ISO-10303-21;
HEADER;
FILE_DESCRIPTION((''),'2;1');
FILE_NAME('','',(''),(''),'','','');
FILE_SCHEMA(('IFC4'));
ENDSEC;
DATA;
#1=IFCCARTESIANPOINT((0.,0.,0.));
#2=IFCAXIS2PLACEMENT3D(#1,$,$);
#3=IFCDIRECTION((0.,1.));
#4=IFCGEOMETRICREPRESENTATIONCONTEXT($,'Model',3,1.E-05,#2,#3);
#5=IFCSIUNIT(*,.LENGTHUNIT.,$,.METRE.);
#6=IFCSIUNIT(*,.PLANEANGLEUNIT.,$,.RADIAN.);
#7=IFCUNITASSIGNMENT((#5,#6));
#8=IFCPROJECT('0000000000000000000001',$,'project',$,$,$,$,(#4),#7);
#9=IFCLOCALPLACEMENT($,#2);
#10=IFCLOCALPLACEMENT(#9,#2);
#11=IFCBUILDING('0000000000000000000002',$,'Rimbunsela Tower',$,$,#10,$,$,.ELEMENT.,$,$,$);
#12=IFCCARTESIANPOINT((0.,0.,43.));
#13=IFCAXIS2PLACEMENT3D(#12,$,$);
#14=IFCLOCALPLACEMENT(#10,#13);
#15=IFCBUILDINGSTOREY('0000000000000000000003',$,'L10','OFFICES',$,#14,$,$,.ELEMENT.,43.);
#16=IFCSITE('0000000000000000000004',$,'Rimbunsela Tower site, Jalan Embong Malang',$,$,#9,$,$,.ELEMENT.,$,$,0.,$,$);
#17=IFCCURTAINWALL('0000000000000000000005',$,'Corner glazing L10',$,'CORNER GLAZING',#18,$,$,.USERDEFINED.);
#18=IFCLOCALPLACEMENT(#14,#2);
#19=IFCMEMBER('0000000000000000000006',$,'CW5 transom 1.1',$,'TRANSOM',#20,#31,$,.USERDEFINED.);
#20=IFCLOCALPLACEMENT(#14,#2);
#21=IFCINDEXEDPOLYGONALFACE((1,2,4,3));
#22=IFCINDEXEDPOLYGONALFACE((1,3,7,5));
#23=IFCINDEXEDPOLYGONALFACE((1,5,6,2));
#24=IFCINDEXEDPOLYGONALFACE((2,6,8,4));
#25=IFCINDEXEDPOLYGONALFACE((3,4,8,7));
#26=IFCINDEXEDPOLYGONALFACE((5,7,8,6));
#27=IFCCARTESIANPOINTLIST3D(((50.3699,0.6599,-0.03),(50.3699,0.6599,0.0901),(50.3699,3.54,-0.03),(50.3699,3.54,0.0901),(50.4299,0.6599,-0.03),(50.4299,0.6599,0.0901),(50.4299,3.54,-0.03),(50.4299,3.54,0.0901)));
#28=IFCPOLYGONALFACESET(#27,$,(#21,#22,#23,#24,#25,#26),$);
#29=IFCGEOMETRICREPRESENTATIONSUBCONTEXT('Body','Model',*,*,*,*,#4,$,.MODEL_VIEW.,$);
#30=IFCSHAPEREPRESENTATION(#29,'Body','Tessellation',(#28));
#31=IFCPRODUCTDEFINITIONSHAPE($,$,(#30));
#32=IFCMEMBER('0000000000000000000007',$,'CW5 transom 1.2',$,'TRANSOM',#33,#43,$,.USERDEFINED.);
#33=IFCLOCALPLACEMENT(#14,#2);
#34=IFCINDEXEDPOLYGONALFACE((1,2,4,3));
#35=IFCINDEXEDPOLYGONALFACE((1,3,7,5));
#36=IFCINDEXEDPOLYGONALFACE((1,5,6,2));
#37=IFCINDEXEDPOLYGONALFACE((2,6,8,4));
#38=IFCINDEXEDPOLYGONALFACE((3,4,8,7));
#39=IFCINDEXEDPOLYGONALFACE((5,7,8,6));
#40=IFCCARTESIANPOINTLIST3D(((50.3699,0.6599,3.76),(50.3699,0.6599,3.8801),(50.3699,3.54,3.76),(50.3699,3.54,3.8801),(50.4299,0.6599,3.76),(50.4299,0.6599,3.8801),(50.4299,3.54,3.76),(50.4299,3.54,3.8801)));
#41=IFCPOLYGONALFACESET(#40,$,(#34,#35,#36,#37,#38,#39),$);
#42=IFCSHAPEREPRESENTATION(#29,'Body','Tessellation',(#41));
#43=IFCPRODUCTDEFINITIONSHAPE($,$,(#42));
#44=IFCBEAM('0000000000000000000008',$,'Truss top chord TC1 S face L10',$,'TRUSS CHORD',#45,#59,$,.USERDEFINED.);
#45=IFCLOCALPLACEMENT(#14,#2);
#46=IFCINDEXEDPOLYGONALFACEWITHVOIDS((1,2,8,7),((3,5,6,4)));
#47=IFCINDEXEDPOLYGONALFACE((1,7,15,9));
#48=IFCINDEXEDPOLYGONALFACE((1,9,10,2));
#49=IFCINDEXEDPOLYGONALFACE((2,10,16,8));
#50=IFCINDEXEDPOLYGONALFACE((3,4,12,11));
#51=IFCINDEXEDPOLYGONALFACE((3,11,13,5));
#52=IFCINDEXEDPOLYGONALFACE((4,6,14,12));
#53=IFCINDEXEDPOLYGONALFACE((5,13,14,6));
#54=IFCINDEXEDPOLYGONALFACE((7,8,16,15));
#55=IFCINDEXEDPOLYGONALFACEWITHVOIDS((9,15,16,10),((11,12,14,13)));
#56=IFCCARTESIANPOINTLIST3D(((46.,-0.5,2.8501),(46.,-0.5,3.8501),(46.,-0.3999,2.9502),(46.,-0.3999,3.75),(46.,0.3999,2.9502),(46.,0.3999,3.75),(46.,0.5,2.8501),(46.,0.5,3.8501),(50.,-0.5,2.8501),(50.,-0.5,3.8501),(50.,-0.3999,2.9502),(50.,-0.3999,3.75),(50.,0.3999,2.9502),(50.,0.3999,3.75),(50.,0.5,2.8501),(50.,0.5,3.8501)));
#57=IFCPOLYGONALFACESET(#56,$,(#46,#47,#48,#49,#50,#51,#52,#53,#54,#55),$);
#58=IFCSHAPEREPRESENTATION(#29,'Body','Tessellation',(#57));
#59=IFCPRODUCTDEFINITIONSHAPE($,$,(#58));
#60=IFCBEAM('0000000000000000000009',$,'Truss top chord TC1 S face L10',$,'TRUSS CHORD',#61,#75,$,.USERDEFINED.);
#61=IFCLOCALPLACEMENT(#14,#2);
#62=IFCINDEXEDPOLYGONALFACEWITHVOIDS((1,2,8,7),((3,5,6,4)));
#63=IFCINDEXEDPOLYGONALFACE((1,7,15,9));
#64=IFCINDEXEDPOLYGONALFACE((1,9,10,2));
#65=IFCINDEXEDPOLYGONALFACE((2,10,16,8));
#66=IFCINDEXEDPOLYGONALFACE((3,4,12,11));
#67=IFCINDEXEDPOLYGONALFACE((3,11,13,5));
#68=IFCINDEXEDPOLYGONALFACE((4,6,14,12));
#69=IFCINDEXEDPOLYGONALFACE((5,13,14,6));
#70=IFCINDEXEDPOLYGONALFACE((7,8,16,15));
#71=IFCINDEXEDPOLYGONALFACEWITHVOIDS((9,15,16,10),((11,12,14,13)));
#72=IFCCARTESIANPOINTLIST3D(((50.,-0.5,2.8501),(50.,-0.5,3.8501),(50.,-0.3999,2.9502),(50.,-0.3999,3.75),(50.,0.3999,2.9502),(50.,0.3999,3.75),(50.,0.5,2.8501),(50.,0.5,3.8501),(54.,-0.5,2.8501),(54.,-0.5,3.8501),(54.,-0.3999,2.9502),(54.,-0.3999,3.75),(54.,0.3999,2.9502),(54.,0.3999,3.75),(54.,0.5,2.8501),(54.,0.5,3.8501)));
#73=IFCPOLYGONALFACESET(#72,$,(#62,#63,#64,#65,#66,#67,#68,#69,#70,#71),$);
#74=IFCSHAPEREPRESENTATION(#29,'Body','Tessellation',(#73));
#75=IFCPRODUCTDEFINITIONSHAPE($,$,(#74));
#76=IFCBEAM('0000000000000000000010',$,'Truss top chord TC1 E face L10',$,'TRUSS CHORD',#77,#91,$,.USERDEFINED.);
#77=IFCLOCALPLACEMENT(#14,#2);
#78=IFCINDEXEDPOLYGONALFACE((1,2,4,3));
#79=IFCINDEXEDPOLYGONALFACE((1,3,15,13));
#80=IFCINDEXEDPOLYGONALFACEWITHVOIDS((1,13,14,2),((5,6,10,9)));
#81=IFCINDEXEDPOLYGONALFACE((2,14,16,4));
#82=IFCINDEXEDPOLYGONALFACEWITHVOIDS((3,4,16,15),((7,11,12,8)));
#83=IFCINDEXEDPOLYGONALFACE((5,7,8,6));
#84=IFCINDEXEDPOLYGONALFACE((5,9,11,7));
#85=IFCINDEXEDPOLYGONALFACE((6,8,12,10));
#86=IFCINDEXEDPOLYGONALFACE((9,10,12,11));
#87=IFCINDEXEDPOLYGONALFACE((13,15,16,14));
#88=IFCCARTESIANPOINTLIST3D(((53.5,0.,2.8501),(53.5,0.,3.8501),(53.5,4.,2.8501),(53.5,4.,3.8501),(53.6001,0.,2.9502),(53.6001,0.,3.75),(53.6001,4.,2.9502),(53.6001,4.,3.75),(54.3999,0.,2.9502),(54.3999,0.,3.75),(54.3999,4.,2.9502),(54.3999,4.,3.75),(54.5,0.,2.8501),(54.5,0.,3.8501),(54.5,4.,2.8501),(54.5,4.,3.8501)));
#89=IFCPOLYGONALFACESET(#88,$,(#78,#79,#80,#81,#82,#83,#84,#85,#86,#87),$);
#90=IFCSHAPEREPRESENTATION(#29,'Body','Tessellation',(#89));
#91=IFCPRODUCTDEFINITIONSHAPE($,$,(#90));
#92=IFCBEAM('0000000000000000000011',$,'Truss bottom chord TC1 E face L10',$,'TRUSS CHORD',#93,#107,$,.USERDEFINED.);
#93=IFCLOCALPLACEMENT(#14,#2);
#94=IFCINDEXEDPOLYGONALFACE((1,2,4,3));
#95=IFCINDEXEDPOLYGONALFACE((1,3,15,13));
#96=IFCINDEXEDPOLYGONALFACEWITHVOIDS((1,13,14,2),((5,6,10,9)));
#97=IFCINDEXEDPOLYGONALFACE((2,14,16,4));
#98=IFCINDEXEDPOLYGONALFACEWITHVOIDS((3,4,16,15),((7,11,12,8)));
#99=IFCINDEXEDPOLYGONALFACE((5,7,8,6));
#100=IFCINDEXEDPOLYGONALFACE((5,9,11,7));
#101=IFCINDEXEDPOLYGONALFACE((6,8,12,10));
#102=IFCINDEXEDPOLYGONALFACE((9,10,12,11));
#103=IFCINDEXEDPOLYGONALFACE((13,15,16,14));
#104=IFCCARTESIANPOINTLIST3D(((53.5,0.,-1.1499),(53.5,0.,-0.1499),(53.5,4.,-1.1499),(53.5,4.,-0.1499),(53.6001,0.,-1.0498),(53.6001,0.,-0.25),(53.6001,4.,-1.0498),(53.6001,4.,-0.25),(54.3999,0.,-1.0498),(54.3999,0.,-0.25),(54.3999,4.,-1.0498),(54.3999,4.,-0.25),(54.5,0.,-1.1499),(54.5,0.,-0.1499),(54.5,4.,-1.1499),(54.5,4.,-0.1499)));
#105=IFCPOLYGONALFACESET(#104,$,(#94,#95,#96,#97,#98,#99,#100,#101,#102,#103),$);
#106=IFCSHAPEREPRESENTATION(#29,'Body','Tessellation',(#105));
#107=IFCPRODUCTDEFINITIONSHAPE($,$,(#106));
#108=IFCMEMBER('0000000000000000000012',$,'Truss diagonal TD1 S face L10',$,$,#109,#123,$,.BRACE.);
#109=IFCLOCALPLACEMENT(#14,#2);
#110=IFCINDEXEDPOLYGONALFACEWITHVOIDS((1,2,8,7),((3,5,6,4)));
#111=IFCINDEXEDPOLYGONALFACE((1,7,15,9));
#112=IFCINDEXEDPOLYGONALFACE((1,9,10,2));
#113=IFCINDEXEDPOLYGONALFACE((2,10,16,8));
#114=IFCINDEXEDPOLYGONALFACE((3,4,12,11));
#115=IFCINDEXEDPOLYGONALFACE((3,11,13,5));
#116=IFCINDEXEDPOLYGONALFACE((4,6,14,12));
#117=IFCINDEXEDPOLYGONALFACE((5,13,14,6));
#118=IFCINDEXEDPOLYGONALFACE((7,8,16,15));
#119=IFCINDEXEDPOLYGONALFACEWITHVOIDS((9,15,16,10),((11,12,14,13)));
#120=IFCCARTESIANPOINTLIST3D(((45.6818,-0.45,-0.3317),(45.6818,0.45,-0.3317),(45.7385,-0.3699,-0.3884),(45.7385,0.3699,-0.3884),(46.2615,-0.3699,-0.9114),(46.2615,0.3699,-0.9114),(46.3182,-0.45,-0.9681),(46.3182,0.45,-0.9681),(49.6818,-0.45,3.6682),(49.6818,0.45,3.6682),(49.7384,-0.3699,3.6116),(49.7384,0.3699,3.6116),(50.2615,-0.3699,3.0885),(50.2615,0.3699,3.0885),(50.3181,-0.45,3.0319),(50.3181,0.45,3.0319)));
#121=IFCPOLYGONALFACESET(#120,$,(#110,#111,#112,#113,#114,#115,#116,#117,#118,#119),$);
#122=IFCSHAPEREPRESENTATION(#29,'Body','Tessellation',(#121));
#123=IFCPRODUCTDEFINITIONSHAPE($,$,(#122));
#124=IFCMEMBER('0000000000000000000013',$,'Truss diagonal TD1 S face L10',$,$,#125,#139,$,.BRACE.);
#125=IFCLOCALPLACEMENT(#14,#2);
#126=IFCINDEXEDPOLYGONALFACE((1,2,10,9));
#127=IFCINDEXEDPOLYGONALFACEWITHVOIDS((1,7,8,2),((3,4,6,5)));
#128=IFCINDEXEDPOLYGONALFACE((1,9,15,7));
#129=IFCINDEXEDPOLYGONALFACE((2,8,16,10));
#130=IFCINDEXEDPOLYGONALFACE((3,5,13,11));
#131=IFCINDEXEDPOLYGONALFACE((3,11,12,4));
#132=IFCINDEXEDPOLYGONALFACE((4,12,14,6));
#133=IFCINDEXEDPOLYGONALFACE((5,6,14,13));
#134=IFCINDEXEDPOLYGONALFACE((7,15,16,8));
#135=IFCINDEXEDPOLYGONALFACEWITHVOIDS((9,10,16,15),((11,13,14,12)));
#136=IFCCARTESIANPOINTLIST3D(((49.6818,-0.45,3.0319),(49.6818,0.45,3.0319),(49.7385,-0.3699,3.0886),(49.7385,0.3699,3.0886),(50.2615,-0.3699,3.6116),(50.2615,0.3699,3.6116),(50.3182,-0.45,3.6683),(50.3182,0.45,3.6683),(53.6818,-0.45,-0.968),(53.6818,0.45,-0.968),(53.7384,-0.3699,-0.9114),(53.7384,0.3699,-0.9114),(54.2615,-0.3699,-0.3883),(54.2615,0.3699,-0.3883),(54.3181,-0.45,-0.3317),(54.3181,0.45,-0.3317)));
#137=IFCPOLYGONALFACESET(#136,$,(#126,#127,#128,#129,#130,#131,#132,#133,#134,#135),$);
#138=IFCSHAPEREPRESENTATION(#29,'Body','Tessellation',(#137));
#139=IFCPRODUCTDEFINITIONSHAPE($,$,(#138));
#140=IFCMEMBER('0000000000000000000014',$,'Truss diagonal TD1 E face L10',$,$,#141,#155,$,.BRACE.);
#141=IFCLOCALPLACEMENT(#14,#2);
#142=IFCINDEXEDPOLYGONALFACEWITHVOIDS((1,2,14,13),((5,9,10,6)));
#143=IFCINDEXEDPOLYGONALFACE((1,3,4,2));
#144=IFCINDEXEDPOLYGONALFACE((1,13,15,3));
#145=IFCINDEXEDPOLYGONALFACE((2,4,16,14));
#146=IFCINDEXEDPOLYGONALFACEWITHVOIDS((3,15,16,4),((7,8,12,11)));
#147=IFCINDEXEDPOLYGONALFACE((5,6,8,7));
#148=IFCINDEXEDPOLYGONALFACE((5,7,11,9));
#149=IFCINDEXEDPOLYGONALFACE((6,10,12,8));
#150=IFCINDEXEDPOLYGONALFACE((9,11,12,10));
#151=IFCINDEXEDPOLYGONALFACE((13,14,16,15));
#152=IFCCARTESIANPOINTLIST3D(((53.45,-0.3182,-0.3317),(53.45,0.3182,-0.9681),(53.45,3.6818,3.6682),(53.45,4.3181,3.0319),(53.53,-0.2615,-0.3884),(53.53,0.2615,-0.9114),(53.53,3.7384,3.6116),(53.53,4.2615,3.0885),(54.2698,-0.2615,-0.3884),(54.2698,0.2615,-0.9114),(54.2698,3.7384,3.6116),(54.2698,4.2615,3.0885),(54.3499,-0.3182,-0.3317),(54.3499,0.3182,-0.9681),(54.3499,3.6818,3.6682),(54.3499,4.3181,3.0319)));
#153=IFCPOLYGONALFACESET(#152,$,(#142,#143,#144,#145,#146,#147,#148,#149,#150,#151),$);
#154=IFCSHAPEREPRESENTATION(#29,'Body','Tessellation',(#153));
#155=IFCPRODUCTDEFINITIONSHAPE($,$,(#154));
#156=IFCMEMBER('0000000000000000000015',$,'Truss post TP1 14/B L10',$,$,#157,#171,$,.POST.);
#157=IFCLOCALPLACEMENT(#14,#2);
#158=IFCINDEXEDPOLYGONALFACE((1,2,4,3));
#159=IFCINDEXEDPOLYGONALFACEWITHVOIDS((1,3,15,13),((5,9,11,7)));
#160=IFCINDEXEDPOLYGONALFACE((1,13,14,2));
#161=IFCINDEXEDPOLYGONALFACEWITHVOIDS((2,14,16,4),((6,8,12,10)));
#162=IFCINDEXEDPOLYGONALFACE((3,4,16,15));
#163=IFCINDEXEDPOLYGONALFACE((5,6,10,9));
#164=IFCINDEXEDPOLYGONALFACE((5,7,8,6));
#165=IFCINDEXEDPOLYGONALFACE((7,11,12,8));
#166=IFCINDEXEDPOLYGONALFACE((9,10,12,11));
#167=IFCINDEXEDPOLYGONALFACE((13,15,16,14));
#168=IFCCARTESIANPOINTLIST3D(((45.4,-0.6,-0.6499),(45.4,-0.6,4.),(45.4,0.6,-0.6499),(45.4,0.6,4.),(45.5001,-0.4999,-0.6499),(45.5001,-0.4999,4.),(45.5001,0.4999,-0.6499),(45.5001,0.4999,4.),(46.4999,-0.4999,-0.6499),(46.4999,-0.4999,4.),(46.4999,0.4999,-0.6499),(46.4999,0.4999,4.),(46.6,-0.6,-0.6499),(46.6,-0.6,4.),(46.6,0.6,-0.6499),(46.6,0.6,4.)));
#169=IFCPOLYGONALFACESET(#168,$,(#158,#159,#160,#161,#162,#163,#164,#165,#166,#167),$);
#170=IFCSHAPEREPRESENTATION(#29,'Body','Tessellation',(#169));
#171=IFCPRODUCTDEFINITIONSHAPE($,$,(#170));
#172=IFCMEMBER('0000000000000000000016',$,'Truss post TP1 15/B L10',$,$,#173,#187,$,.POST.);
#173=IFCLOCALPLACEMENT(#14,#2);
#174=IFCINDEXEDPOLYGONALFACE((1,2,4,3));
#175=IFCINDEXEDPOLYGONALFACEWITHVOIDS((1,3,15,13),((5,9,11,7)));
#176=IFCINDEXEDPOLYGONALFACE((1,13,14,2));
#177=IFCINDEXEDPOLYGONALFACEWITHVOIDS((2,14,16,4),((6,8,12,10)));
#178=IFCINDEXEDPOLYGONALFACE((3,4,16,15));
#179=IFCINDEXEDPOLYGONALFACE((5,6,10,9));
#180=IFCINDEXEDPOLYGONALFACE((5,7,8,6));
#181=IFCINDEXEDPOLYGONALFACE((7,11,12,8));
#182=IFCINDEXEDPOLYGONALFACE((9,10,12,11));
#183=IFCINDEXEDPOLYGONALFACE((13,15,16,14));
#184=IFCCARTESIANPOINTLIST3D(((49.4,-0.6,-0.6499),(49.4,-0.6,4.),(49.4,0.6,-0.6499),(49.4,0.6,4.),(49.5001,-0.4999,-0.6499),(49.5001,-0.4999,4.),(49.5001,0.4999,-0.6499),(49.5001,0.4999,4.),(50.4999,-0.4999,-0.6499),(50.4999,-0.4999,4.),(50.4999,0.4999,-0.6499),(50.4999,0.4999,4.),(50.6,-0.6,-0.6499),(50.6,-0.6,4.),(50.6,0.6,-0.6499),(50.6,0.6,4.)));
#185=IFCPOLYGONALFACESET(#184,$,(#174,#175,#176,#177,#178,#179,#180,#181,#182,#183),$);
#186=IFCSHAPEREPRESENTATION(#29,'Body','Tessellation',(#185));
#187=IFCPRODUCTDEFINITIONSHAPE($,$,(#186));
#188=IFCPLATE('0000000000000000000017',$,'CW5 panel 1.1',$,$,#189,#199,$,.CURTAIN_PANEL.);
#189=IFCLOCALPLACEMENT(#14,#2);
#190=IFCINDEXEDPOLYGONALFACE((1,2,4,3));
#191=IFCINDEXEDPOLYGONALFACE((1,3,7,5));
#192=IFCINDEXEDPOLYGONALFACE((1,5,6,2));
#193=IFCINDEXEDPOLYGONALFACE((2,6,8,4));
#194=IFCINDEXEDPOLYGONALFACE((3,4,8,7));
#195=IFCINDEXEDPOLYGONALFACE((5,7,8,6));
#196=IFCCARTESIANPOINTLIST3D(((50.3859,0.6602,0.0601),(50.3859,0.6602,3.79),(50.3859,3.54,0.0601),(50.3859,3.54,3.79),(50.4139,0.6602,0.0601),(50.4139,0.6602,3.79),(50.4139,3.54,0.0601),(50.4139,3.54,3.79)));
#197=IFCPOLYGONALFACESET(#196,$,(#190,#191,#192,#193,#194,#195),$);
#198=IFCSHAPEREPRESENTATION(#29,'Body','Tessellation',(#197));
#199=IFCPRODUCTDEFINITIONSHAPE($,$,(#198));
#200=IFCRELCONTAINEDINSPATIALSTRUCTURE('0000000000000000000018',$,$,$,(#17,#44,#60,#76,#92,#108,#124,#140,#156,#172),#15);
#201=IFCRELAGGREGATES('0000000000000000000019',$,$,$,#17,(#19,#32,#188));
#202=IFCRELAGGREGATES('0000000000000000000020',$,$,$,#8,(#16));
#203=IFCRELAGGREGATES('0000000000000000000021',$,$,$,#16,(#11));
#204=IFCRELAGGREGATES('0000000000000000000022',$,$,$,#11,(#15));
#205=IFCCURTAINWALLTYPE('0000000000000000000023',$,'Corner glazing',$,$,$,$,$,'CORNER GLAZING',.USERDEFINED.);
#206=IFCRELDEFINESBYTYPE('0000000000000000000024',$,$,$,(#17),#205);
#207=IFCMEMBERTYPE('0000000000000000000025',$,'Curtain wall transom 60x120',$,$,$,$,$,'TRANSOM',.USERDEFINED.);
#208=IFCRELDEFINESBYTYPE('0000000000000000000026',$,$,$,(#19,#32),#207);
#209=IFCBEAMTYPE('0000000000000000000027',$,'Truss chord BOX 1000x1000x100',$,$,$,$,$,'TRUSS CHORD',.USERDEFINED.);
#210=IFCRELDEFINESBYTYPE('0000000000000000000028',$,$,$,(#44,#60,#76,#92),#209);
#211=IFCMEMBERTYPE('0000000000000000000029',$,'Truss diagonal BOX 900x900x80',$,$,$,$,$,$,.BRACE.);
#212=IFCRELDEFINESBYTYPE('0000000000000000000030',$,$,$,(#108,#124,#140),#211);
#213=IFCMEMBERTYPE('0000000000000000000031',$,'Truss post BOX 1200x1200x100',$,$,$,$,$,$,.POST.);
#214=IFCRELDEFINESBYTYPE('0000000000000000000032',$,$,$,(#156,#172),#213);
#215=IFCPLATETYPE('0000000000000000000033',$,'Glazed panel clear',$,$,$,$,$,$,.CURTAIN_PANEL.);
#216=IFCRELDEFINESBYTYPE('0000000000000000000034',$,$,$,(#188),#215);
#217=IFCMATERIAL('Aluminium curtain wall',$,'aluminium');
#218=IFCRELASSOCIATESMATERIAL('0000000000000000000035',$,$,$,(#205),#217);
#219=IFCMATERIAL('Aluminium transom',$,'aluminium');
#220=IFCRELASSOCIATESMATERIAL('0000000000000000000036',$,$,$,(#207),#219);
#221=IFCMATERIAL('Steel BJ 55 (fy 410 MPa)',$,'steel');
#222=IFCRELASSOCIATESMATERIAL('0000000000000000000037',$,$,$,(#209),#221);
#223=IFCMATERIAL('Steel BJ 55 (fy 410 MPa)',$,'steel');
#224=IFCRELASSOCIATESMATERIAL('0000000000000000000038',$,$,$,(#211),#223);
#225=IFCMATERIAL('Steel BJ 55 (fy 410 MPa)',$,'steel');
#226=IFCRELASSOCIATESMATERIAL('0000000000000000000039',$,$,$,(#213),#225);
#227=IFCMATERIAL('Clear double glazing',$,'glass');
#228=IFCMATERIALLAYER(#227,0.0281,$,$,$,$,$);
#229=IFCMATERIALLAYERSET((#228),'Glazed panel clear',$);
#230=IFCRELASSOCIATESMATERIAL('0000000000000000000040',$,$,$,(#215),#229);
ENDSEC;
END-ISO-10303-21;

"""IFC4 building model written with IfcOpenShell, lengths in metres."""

from ifc_helpers import new_model, si_unit, direction, frame, origin, origin_2d, place, context, subcontext, project, spatial, rectangle, hollow_rectangle, extrude, material, layer, layer_set, material_profile, profile_set, type_object, element, aggregate, save


model = new_model("IFC4")

# Units and contexts
model_context = context("Model", 3, precision=1e-05, world=origin(), true_north=direction((0.0, 1.0)))
body_context = subcontext(model_context, "Body", "Model", "MODEL_VIEW")
ifc_project = project(units=[si_unit("LENGTHUNIT", "METRE"), si_unit("PLANEANGLEUNIT", "RADIAN")], contexts=[model_context])

# Site, building, storey
site_placement = place(None, origin())
site = spatial("IfcSite", under=ifc_project, at=site_placement, Name="Rimbunsela Tower site, Jalan Embong Malang", CompositionType="ELEMENT", RefElevation=0.0)
building_placement = place(site_placement, origin())
building = spatial("IfcBuilding", under=site, at=building_placement, Name="Rimbunsela Tower", CompositionType="ELEMENT")
storey_placement = place(building_placement, frame((0.0, 0.0, 43.0)))
storey = spatial("IfcBuildingStorey", under=building, at=storey_placement, Name="L10", Description="OFFICES", CompositionType="ELEMENT", Elevation=43.0)

# Curtain wall
ifc_material_1 = material(Name="Aluminium curtain wall", Category="aluminium")
curtain_wall_type = type_object("IfcCurtainWallType", Name="Corner glazing", ElementType="CORNER GLAZING", PredefinedType="USERDEFINED", material=ifc_material_1)
curtain_wall_1_placement = place(storey_placement, origin())
curtain_wall_1 = element("IfcCurtainWall", 1, at=curtain_wall_1_placement, inside=storey, type_object=curtain_wall_type, Name="Corner glazing L10", ObjectType="CORNER GLAZING", PredefinedType="USERDEFINED")

# Members
ifc_material_2 = material(Name="Aluminium transom", Category="aluminium")
ifc_material_profile_1 = material_profile(ifc_material_2, rectangle(XDim=0.0601, YDim=0.1201, at=origin_2d()), Name="Transom 60x120")
ifc_profile_set_1 = profile_set([ifc_material_profile_1], Name="Aluminium transom")
member_type_1 = type_object("IfcMemberType", Name="Curtain wall transom 60x120", ElementType="TRANSOM", PredefinedType="USERDEFINED", material=ifc_profile_set_1)
member_1_placement = place(storey_placement, frame((50.3999, 0.6599, 0.03), z_axis=(0.0, 1.0, 0.0), x_axis=(-1.0, 0.0, 0.0)))
member_1 = element("IfcMember", 2, at=member_1_placement, type_object=member_type_1, Name="CW5 transom 1.1", ObjectType="TRANSOM", PredefinedType="USERDEFINED", context=body_context, shape_type="SweptSolid", body=[
    extrude(rectangle(XDim=0.0601, YDim=0.1201, at=origin_2d()), origin(), (0.0, 0.0, 1.0), 2.8801),
])
member_2_placement = place(storey_placement, frame((50.3999, 0.6599, 3.8201), z_axis=(0.0, 1.0, 0.0), x_axis=(-1.0, 0.0, 0.0)))
member_2 = element("IfcMember", 3, at=member_2_placement, type_object=member_type_1, Name="CW5 transom 1.2", ObjectType="TRANSOM", PredefinedType="USERDEFINED", context=body_context, shape_type="SweptSolid", body=[
    extrude(rectangle(XDim=0.0601, YDim=0.1201, at=origin_2d()), origin(), (0.0, 0.0, 1.0), 2.8801),
])

# Beams
ifc_material_3 = material(Name="Steel BJ 55 (fy 410 MPa)", Category="steel")
ifc_material_profile_2 = material_profile(ifc_material_3, hollow_rectangle(XDim=1.0, YDim=1.0, WallThickness=0.1001, at=origin_2d()), Name="BOX 1000x1000x100")
ifc_profile_set_2 = profile_set([ifc_material_profile_2], Name="Steel BJ 55 (fy 410 MPa)")
beam_type_1 = type_object("IfcBeamType", Name="Truss chord BOX 1000x1000x100", ElementType="TRUSS CHORD", PredefinedType="USERDEFINED", material=ifc_profile_set_2)
for number, where, z_axis, x_axis, name in (
    (4, (46.0, 0.0, 3.3501), (1.0, 0.0, 0.0), (0.0, 1.0, 0.0), "Truss top chord TC1 S face L10"),
    (5, (50.0, 0.0, 3.3501), (1.0, 0.0, 0.0), (0.0, 1.0, 0.0), "Truss top chord TC1 S face L10"),
    (6, (54.0, 0.0, 3.3501), (0.0, 1.0, 0.0), (-1.0, 0.0, 0.0), "Truss top chord TC1 E face L10"),
    (7, (54.0, 0.0, -0.6499), (0.0, 1.0, 0.0), (-1.0, 0.0, 0.0), "Truss bottom chord TC1 E face L10"),
):
    element("IfcBeam", number, at=place(storey_placement, frame(where, z_axis=z_axis, x_axis=x_axis)), inside=storey, type_object=beam_type_1, Name=name, ObjectType="TRUSS CHORD", PredefinedType="USERDEFINED", context=body_context, shape_type="SweptSolid", body=[
        extrude(hollow_rectangle(XDim=1.0, YDim=1.0, WallThickness=0.1001, at=origin_2d()), origin(), (0.0, 0.0, 1.0), 4.0),
    ])

# Members
ifc_material_4 = material(Name="Steel BJ 55 (fy 410 MPa)", Category="steel")
ifc_material_profile_3 = material_profile(ifc_material_4, hollow_rectangle(XDim=0.8999, YDim=0.8999, WallThickness=0.0801, at=origin_2d()), Name="BOX 900x900x80")
ifc_profile_set_3 = profile_set([ifc_material_profile_3], Name="Steel BJ 55 (fy 410 MPa)")
member_type_2 = type_object("IfcMemberType", Name="Truss diagonal BOX 900x900x80", PredefinedType="BRACE", material=ifc_profile_set_3)
for number, where, z_axis, x_axis, name in (
    (8, (46.0, 0.0, -0.6499), (0.707107, 0.0, 0.707107), (0.0, 1.0, 0.0), "Truss diagonal TD1 S face L10"),
    (9, (50.0, 0.0, 3.3501), (0.707107, 0.0, -0.707107), (0.0, 1.0, 0.0), "Truss diagonal TD1 S face L10"),
    (10, (53.8999, 0.0, -0.6499), (0.0, 0.707107, 0.707107), (-1.0, 0.0, 0.0), "Truss diagonal TD1 E face L10"),
):
    element("IfcMember", number, at=place(storey_placement, frame(where, z_axis=z_axis, x_axis=x_axis)), inside=storey, type_object=member_type_2, Name=name, PredefinedType="BRACE", context=body_context, shape_type="SweptSolid", body=[
        extrude(hollow_rectangle(XDim=0.8999, YDim=0.8999, WallThickness=0.0801, at=origin_2d()), origin(), (0.0, 0.0, 1.0), 5.6567),
    ])
ifc_material_5 = material(Name="Steel BJ 55 (fy 410 MPa)", Category="steel")
ifc_material_profile_4 = material_profile(ifc_material_5, hollow_rectangle(XDim=1.2, YDim=1.2, WallThickness=0.1001, at=origin_2d()), Name="BOX 1200x1200x100")
ifc_profile_set_4 = profile_set([ifc_material_profile_4], Name="Steel BJ 55 (fy 410 MPa)")
member_type_3 = type_object("IfcMemberType", Name="Truss post BOX 1200x1200x100", PredefinedType="POST", material=ifc_profile_set_4)
for number, where, z_axis, x_axis, name in (
    (11, (46.0, 0.0, -0.6499), (0.0, 0.0, 1.0), (1.0, 0.0, 0.0), "Truss post TP1 14/B L10"),
    (12, (50.0, 0.0, -0.6499), (0.0, 0.0, 1.0), (1.0, 0.0, 0.0), "Truss post TP1 15/B L10"),
):
    element("IfcMember", number, at=place(storey_placement, frame(where, z_axis=z_axis, x_axis=x_axis)), inside=storey, type_object=member_type_3, Name=name, PredefinedType="POST", context=body_context, shape_type="SweptSolid", body=[
        extrude(hollow_rectangle(XDim=1.2, YDim=1.2, WallThickness=0.1001, at=origin_2d()), origin(), (0.0, 0.0, 1.0), 4.6499),
    ])

# Plate
ifc_material_6 = material(Name="Clear double glazing", Category="glass")
ifc_layer = layer(ifc_material_6, 0.0281)
ifc_layer_set = layer_set([ifc_layer], Name="Glazed panel clear")
plate_type = type_object("IfcPlateType", Name="Glazed panel clear", PredefinedType="CURTAIN_PANEL", material=ifc_layer_set)
plate_placement = place(storey_placement, frame((50.3999, 2.1001, 0.0601), z_axis=(0.0, 0.0, 1.0), x_axis=(0.0, 1.0, 0.0)))
plate = element("IfcPlate", 13, at=plate_placement, type_object=plate_type, Name="CW5 panel 1.1", PredefinedType="CURTAIN_PANEL", context=body_context, shape_type="SweptSolid", body=[
    extrude(rectangle(XDim=2.8799, YDim=0.0281, at=origin_2d()), origin(), (0.0, 0.0, 1.0), 3.73),
])
aggregate(curtain_wall_1, [member_1, member_2, plate])

save(model, "model.ifc")
